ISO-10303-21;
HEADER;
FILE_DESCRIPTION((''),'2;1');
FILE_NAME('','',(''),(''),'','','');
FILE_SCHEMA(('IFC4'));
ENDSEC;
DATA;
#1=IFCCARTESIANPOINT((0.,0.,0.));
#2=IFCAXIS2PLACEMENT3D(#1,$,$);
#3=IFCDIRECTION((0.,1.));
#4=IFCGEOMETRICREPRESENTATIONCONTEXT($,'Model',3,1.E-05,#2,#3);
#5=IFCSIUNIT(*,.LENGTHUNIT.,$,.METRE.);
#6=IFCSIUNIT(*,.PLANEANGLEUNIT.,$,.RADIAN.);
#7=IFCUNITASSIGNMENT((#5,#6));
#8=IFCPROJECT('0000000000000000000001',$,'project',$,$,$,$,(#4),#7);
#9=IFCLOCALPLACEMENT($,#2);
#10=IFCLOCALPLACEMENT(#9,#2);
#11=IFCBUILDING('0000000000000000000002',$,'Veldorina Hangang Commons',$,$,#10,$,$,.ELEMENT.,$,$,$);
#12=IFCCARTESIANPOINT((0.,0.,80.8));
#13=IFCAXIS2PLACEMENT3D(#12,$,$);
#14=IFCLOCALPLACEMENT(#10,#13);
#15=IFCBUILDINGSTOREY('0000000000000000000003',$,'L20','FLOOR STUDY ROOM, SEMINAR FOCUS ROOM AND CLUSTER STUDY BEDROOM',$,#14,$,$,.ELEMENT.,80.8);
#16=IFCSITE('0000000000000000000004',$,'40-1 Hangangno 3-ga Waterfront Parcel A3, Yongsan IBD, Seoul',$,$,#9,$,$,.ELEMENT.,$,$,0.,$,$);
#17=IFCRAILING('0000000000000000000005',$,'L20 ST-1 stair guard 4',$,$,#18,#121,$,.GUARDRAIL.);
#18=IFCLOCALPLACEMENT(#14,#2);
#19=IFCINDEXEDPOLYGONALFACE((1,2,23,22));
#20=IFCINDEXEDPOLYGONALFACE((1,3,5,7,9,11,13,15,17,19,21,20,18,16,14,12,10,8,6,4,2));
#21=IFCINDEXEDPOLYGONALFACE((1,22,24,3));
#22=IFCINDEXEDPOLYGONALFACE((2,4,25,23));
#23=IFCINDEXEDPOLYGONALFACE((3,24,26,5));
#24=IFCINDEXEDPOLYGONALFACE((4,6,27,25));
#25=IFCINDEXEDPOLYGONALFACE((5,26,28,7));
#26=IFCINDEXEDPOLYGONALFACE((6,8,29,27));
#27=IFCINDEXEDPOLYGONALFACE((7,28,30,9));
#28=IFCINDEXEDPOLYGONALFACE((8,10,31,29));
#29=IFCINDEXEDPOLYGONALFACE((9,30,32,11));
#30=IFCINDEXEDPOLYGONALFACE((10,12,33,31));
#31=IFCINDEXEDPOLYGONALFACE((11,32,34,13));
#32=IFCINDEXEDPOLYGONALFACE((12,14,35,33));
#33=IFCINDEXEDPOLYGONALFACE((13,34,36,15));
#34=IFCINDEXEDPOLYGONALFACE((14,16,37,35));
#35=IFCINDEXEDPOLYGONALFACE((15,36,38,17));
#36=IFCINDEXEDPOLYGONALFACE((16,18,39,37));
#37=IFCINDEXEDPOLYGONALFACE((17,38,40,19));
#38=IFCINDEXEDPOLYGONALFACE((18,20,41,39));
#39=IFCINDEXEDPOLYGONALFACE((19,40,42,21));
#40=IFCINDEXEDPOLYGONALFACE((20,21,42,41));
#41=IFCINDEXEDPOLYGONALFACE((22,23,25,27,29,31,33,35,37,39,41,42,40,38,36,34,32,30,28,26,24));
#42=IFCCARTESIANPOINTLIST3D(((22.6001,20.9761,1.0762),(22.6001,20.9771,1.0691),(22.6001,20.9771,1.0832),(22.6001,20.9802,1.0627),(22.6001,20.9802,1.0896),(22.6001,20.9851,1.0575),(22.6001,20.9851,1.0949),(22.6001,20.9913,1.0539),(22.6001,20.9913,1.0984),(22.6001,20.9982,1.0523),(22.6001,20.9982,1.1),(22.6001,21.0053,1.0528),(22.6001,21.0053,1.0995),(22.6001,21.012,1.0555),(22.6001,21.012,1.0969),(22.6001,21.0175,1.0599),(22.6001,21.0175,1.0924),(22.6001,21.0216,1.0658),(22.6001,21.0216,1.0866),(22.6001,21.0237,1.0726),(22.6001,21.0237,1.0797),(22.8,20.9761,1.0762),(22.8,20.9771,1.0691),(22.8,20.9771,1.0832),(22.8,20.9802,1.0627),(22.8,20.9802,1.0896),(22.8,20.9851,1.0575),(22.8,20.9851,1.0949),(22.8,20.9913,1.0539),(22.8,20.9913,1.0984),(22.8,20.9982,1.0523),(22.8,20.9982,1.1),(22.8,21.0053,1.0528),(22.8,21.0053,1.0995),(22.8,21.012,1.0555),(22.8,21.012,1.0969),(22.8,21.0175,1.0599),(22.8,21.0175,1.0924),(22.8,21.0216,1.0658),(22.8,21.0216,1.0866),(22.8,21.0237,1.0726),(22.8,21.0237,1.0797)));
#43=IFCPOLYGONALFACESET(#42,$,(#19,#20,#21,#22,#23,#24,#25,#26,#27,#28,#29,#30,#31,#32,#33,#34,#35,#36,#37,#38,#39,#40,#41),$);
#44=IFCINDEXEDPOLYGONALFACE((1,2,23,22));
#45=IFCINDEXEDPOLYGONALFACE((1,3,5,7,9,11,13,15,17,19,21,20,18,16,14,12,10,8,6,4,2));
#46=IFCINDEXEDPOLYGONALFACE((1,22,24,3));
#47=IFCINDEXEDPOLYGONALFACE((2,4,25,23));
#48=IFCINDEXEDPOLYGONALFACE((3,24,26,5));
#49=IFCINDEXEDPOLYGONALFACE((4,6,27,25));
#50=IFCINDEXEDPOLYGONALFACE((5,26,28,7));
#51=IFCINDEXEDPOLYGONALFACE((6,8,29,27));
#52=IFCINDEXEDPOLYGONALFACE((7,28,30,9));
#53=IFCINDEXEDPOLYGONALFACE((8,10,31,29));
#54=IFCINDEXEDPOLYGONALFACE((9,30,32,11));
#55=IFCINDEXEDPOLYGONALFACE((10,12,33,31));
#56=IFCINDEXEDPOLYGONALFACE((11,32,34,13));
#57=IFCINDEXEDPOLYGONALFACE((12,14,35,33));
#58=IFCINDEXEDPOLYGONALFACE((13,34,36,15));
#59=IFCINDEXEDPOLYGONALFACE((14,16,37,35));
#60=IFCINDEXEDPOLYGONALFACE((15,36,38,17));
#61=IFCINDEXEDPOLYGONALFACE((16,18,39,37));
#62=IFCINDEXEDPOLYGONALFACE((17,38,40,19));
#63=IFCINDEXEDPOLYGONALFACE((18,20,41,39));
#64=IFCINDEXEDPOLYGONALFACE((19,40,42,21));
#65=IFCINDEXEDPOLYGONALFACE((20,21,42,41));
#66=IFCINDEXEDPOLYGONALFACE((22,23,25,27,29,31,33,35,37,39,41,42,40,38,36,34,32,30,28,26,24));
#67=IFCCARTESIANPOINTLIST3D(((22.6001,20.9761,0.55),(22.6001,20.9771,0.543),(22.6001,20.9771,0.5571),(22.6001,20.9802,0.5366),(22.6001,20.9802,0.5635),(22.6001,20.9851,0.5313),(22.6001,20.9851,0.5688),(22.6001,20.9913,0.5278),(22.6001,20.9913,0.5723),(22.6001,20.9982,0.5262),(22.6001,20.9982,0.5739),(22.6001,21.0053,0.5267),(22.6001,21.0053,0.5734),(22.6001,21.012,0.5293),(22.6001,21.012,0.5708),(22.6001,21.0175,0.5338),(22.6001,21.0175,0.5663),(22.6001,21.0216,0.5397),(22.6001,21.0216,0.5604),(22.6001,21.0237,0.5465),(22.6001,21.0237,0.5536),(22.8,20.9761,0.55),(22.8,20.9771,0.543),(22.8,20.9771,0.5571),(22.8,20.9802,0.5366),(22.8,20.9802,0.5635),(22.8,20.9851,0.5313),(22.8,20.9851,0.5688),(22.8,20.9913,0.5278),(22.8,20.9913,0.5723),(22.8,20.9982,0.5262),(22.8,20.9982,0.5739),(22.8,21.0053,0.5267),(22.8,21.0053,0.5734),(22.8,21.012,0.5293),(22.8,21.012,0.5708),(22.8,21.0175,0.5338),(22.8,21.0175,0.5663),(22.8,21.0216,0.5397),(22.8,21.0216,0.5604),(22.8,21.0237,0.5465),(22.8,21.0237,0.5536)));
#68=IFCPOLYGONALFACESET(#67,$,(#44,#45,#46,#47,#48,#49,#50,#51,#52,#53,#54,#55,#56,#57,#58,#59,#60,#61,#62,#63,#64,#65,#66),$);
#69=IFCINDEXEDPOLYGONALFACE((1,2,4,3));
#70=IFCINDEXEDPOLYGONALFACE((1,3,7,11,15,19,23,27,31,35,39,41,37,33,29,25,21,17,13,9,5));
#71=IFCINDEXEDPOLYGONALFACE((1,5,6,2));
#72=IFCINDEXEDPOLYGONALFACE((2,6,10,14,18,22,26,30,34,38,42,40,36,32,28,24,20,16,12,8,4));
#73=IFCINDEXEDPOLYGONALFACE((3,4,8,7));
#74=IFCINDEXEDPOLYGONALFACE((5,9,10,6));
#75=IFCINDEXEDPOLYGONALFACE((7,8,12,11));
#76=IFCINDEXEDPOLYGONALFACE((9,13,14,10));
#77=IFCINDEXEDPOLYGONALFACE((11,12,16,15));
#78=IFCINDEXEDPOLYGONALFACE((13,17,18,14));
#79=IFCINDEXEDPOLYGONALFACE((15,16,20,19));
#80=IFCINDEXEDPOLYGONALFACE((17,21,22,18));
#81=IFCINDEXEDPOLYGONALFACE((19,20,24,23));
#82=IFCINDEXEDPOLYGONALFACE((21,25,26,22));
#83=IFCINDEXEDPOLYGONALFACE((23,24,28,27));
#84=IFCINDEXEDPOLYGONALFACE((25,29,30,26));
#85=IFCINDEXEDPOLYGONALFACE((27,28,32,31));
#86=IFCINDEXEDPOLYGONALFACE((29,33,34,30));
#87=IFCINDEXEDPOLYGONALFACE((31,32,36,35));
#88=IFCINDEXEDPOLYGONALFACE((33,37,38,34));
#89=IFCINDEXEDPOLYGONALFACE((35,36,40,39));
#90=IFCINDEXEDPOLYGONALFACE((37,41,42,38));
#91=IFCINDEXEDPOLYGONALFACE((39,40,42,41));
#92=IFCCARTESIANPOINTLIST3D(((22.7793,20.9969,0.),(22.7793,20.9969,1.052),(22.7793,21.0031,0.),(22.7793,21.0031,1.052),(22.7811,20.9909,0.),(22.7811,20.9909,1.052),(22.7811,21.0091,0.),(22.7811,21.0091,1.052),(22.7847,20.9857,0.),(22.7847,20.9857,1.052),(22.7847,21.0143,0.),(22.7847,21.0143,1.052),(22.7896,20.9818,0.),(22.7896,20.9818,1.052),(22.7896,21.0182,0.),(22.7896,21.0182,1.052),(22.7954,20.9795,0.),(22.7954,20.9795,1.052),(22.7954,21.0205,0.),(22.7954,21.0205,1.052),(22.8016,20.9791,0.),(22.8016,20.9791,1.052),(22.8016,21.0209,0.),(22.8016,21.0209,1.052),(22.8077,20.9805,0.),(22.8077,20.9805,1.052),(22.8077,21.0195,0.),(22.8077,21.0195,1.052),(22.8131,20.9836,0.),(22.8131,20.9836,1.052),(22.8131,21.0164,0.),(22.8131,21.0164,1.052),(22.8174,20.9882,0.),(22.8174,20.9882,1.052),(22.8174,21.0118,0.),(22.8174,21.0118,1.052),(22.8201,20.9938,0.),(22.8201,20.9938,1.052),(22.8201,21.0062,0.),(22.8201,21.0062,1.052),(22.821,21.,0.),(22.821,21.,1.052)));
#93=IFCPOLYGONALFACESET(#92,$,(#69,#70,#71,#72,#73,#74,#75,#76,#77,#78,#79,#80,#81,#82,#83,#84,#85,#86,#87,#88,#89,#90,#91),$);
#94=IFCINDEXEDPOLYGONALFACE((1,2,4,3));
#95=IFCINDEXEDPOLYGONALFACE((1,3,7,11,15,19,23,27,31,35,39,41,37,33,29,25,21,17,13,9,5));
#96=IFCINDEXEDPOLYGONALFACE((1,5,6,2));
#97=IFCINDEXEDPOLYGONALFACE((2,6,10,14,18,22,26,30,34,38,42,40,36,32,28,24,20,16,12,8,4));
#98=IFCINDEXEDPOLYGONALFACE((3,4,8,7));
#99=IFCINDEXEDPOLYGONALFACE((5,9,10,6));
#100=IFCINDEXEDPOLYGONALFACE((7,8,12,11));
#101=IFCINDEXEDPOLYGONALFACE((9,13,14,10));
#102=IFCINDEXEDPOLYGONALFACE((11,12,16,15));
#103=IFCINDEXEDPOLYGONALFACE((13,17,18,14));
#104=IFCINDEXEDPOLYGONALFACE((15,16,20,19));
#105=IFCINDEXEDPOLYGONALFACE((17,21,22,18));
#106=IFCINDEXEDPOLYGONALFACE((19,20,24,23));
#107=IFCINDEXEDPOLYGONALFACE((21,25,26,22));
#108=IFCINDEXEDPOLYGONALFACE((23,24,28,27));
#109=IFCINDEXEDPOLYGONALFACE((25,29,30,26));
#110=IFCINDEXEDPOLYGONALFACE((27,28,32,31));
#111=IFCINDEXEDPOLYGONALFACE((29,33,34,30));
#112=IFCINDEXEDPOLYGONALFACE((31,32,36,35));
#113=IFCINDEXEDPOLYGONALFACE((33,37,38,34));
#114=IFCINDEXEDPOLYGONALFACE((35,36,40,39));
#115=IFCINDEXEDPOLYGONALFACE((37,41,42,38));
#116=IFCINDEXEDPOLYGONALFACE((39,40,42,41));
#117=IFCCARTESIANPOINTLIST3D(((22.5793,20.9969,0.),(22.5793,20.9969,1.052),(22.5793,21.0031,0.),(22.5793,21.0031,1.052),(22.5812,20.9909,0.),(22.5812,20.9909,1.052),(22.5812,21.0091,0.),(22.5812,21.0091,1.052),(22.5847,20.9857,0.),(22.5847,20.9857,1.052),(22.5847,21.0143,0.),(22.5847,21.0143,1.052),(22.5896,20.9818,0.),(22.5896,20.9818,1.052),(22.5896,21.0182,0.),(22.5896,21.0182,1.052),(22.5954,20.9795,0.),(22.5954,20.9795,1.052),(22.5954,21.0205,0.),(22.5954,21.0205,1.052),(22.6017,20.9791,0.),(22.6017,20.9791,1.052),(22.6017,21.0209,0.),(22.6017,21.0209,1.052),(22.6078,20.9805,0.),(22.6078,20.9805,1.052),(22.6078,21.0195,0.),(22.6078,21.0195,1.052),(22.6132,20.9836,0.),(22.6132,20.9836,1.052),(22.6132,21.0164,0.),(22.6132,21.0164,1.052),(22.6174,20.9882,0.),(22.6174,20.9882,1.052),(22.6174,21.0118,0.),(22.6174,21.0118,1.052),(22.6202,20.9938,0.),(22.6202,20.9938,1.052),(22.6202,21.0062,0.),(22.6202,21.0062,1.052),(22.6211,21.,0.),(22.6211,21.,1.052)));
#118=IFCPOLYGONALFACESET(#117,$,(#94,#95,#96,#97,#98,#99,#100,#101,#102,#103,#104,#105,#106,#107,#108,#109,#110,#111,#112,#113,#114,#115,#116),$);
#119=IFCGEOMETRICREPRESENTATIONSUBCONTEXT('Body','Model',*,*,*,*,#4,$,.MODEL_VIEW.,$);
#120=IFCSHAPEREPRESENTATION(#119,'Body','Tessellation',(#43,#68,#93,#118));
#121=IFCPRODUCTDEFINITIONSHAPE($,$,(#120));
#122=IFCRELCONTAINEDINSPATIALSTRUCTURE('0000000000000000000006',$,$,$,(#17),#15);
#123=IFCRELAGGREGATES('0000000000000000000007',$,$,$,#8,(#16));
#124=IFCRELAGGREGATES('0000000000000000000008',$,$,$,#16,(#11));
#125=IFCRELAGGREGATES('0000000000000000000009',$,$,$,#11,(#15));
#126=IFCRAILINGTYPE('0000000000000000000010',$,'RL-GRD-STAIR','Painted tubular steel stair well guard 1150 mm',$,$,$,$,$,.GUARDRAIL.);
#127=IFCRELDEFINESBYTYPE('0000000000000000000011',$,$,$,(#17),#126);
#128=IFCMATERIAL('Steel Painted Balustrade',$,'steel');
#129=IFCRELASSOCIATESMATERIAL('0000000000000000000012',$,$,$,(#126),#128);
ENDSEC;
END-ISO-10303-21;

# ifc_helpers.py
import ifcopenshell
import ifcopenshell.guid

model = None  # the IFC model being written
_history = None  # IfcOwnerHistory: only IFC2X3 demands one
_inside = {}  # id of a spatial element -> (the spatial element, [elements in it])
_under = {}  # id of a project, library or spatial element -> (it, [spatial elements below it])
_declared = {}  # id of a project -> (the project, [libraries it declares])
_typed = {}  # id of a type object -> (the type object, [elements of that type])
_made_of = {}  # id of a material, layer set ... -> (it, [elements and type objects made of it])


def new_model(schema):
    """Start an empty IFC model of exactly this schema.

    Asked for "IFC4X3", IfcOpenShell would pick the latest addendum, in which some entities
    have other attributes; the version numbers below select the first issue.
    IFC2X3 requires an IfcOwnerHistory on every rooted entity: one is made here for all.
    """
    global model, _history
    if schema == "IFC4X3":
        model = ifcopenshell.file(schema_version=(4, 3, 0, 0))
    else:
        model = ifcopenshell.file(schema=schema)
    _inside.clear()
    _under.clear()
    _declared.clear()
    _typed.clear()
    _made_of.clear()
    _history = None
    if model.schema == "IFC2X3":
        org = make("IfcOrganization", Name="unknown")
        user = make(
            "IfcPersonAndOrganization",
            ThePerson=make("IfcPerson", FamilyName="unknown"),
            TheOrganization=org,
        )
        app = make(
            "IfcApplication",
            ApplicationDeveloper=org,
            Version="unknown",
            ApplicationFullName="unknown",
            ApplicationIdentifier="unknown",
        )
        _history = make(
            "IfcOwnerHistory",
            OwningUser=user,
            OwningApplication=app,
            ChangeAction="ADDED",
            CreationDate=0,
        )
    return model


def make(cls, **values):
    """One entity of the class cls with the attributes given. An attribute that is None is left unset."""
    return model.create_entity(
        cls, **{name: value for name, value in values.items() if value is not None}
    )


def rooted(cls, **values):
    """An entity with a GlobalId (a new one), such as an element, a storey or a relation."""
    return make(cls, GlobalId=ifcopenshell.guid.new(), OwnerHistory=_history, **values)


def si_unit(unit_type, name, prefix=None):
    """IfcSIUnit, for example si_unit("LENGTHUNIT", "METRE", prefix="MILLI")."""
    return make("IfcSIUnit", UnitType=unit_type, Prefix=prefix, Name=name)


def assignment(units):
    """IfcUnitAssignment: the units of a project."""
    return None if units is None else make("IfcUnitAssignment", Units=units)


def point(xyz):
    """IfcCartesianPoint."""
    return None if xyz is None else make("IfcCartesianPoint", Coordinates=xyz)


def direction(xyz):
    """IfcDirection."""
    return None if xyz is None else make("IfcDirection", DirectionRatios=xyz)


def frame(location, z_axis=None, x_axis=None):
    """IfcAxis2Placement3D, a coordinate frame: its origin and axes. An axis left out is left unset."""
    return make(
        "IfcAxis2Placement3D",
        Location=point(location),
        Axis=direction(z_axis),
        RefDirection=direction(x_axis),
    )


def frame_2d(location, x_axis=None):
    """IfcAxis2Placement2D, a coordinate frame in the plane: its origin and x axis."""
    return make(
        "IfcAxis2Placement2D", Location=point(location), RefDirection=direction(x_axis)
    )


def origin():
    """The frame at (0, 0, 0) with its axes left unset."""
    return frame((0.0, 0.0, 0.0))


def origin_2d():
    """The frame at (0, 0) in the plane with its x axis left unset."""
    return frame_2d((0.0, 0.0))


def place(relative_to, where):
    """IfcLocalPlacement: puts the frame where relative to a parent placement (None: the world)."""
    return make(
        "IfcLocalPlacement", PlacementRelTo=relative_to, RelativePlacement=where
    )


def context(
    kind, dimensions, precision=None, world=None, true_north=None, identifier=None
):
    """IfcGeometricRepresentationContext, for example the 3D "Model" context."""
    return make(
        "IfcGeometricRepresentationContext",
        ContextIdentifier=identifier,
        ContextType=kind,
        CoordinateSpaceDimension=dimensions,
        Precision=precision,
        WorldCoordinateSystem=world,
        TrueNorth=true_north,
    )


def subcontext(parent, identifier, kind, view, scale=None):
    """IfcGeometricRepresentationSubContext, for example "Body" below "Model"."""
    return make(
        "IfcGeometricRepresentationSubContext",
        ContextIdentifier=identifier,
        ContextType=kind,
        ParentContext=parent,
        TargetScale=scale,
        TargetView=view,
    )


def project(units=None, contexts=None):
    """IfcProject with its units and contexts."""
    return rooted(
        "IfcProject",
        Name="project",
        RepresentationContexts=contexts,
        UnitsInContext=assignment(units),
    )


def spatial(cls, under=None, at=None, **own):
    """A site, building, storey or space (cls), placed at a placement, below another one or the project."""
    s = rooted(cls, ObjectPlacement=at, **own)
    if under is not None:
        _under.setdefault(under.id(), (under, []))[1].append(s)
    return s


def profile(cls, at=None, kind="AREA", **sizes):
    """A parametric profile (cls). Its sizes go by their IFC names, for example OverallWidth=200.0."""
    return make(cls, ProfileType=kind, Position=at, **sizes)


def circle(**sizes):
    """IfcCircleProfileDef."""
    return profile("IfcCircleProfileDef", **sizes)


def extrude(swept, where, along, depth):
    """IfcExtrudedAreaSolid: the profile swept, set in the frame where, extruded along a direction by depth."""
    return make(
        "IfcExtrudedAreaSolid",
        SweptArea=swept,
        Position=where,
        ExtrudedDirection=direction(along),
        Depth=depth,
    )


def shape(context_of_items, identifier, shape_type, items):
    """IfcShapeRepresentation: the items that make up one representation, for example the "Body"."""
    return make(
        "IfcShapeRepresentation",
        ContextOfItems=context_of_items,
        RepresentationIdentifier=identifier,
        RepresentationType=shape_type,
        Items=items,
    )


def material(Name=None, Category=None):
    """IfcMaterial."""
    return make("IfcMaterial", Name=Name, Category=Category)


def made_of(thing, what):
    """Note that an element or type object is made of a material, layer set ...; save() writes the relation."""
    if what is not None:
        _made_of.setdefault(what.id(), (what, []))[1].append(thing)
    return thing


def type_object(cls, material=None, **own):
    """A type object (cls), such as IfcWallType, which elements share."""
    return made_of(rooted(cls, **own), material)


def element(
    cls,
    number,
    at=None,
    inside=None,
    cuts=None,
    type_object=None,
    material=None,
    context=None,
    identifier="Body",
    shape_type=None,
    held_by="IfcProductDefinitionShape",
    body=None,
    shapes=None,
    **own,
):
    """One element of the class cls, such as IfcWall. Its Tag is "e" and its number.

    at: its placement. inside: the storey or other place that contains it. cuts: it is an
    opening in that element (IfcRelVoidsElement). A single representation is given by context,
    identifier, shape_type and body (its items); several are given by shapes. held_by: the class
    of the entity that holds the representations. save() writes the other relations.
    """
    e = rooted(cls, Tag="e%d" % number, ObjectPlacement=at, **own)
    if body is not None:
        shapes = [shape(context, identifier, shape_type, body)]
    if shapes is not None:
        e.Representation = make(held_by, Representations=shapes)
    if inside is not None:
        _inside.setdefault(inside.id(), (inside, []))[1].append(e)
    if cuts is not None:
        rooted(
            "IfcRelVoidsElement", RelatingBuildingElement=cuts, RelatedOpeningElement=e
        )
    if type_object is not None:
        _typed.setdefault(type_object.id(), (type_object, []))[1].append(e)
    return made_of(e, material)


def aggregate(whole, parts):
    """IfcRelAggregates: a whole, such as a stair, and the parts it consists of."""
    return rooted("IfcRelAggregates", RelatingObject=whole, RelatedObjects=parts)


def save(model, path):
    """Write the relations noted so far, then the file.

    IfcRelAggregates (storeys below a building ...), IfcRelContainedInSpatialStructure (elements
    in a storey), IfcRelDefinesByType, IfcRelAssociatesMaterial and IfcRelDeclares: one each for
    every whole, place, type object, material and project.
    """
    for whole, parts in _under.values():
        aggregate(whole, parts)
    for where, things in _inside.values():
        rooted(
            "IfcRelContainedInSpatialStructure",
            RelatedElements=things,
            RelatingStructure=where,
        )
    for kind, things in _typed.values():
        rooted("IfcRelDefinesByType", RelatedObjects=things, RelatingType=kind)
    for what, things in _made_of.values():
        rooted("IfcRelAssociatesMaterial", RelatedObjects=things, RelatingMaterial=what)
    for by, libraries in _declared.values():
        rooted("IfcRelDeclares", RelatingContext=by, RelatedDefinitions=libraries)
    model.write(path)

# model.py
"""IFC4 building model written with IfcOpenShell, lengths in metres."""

from ifc_helpers import new_model, si_unit, direction, frame, origin, origin_2d, place, context, subcontext, project, spatial, circle, extrude, material, type_object, element, save


model = new_model("IFC4")

# Units and contexts
model_context = context("Model", 3, precision=1e-05, world=origin(), true_north=direction((0.0, 1.0)))
body_context = subcontext(model_context, "Body", "Model", "MODEL_VIEW")
ifc_project = project(units=[si_unit("LENGTHUNIT", "METRE"), si_unit("PLANEANGLEUNIT", "RADIAN")], contexts=[model_context])

# Site, building, storey
site_placement = place(None, origin())
site = spatial("IfcSite", under=ifc_project, at=site_placement, Name="40-1 Hangangno 3-ga Waterfront Parcel A3, Yongsan IBD, Seoul", CompositionType="ELEMENT", RefElevation=0.0)
building_placement = place(site_placement, origin())
building = spatial("IfcBuilding", under=site, at=building_placement, Name="Veldorina Hangang Commons", CompositionType="ELEMENT")
storey_placement = place(building_placement, frame((0.0, 0.0, 80.8)))
storey = spatial("IfcBuildingStorey", under=building, at=storey_placement, Name="L20", Description="FLOOR STUDY ROOM, SEMINAR FOCUS ROOM AND CLUSTER STUDY BEDROOM", CompositionType="ELEMENT", Elevation=80.8)

# Railing
ifc_material_1 = material(Name="Steel Painted Balustrade", Category="steel")
railing_type = type_object("IfcRailingType", Name="RL-GRD-STAIR", Description="Painted tubular steel stair well guard 1150 mm", PredefinedType="GUARDRAIL", material=ifc_material_1)
railing_1_placement = place(storey_placement, frame((22.8, 21.0, 0.0)))
element("IfcRailing", 1, at=railing_1_placement, inside=storey, type_object=railing_type, Name="L20 ST-1 stair guard 4", PredefinedType="GUARDRAIL", context=body_context, shape_type="SweptSolid", body=[
    extrude(circle(Radius=0.0239, at=origin_2d()), frame((0.0, 0.0, 1.0762), z_axis=(-1.0, 0.0, 0.0), x_axis=(0.0, -1.0, 0.0)), (0.0, 0.0, 1.0), 0.2),
    extrude(circle(Radius=0.0239, at=origin_2d()), frame((0.0, 0.0, 0.55), z_axis=(-1.0, 0.0, 0.0), x_axis=(0.0, -1.0, 0.0)), (0.0, 0.0, 1.0), 0.2),
    extrude(circle(Radius=0.021, at=origin_2d()), origin(), (0.0, 0.0, 1.0), 1.052),
    extrude(circle(Radius=0.021, at=origin_2d()), frame((-0.2, 0.0, 0.0)), (0.0, 0.0, 1.0), 1.052),
])

save(model, "model.ifc")
